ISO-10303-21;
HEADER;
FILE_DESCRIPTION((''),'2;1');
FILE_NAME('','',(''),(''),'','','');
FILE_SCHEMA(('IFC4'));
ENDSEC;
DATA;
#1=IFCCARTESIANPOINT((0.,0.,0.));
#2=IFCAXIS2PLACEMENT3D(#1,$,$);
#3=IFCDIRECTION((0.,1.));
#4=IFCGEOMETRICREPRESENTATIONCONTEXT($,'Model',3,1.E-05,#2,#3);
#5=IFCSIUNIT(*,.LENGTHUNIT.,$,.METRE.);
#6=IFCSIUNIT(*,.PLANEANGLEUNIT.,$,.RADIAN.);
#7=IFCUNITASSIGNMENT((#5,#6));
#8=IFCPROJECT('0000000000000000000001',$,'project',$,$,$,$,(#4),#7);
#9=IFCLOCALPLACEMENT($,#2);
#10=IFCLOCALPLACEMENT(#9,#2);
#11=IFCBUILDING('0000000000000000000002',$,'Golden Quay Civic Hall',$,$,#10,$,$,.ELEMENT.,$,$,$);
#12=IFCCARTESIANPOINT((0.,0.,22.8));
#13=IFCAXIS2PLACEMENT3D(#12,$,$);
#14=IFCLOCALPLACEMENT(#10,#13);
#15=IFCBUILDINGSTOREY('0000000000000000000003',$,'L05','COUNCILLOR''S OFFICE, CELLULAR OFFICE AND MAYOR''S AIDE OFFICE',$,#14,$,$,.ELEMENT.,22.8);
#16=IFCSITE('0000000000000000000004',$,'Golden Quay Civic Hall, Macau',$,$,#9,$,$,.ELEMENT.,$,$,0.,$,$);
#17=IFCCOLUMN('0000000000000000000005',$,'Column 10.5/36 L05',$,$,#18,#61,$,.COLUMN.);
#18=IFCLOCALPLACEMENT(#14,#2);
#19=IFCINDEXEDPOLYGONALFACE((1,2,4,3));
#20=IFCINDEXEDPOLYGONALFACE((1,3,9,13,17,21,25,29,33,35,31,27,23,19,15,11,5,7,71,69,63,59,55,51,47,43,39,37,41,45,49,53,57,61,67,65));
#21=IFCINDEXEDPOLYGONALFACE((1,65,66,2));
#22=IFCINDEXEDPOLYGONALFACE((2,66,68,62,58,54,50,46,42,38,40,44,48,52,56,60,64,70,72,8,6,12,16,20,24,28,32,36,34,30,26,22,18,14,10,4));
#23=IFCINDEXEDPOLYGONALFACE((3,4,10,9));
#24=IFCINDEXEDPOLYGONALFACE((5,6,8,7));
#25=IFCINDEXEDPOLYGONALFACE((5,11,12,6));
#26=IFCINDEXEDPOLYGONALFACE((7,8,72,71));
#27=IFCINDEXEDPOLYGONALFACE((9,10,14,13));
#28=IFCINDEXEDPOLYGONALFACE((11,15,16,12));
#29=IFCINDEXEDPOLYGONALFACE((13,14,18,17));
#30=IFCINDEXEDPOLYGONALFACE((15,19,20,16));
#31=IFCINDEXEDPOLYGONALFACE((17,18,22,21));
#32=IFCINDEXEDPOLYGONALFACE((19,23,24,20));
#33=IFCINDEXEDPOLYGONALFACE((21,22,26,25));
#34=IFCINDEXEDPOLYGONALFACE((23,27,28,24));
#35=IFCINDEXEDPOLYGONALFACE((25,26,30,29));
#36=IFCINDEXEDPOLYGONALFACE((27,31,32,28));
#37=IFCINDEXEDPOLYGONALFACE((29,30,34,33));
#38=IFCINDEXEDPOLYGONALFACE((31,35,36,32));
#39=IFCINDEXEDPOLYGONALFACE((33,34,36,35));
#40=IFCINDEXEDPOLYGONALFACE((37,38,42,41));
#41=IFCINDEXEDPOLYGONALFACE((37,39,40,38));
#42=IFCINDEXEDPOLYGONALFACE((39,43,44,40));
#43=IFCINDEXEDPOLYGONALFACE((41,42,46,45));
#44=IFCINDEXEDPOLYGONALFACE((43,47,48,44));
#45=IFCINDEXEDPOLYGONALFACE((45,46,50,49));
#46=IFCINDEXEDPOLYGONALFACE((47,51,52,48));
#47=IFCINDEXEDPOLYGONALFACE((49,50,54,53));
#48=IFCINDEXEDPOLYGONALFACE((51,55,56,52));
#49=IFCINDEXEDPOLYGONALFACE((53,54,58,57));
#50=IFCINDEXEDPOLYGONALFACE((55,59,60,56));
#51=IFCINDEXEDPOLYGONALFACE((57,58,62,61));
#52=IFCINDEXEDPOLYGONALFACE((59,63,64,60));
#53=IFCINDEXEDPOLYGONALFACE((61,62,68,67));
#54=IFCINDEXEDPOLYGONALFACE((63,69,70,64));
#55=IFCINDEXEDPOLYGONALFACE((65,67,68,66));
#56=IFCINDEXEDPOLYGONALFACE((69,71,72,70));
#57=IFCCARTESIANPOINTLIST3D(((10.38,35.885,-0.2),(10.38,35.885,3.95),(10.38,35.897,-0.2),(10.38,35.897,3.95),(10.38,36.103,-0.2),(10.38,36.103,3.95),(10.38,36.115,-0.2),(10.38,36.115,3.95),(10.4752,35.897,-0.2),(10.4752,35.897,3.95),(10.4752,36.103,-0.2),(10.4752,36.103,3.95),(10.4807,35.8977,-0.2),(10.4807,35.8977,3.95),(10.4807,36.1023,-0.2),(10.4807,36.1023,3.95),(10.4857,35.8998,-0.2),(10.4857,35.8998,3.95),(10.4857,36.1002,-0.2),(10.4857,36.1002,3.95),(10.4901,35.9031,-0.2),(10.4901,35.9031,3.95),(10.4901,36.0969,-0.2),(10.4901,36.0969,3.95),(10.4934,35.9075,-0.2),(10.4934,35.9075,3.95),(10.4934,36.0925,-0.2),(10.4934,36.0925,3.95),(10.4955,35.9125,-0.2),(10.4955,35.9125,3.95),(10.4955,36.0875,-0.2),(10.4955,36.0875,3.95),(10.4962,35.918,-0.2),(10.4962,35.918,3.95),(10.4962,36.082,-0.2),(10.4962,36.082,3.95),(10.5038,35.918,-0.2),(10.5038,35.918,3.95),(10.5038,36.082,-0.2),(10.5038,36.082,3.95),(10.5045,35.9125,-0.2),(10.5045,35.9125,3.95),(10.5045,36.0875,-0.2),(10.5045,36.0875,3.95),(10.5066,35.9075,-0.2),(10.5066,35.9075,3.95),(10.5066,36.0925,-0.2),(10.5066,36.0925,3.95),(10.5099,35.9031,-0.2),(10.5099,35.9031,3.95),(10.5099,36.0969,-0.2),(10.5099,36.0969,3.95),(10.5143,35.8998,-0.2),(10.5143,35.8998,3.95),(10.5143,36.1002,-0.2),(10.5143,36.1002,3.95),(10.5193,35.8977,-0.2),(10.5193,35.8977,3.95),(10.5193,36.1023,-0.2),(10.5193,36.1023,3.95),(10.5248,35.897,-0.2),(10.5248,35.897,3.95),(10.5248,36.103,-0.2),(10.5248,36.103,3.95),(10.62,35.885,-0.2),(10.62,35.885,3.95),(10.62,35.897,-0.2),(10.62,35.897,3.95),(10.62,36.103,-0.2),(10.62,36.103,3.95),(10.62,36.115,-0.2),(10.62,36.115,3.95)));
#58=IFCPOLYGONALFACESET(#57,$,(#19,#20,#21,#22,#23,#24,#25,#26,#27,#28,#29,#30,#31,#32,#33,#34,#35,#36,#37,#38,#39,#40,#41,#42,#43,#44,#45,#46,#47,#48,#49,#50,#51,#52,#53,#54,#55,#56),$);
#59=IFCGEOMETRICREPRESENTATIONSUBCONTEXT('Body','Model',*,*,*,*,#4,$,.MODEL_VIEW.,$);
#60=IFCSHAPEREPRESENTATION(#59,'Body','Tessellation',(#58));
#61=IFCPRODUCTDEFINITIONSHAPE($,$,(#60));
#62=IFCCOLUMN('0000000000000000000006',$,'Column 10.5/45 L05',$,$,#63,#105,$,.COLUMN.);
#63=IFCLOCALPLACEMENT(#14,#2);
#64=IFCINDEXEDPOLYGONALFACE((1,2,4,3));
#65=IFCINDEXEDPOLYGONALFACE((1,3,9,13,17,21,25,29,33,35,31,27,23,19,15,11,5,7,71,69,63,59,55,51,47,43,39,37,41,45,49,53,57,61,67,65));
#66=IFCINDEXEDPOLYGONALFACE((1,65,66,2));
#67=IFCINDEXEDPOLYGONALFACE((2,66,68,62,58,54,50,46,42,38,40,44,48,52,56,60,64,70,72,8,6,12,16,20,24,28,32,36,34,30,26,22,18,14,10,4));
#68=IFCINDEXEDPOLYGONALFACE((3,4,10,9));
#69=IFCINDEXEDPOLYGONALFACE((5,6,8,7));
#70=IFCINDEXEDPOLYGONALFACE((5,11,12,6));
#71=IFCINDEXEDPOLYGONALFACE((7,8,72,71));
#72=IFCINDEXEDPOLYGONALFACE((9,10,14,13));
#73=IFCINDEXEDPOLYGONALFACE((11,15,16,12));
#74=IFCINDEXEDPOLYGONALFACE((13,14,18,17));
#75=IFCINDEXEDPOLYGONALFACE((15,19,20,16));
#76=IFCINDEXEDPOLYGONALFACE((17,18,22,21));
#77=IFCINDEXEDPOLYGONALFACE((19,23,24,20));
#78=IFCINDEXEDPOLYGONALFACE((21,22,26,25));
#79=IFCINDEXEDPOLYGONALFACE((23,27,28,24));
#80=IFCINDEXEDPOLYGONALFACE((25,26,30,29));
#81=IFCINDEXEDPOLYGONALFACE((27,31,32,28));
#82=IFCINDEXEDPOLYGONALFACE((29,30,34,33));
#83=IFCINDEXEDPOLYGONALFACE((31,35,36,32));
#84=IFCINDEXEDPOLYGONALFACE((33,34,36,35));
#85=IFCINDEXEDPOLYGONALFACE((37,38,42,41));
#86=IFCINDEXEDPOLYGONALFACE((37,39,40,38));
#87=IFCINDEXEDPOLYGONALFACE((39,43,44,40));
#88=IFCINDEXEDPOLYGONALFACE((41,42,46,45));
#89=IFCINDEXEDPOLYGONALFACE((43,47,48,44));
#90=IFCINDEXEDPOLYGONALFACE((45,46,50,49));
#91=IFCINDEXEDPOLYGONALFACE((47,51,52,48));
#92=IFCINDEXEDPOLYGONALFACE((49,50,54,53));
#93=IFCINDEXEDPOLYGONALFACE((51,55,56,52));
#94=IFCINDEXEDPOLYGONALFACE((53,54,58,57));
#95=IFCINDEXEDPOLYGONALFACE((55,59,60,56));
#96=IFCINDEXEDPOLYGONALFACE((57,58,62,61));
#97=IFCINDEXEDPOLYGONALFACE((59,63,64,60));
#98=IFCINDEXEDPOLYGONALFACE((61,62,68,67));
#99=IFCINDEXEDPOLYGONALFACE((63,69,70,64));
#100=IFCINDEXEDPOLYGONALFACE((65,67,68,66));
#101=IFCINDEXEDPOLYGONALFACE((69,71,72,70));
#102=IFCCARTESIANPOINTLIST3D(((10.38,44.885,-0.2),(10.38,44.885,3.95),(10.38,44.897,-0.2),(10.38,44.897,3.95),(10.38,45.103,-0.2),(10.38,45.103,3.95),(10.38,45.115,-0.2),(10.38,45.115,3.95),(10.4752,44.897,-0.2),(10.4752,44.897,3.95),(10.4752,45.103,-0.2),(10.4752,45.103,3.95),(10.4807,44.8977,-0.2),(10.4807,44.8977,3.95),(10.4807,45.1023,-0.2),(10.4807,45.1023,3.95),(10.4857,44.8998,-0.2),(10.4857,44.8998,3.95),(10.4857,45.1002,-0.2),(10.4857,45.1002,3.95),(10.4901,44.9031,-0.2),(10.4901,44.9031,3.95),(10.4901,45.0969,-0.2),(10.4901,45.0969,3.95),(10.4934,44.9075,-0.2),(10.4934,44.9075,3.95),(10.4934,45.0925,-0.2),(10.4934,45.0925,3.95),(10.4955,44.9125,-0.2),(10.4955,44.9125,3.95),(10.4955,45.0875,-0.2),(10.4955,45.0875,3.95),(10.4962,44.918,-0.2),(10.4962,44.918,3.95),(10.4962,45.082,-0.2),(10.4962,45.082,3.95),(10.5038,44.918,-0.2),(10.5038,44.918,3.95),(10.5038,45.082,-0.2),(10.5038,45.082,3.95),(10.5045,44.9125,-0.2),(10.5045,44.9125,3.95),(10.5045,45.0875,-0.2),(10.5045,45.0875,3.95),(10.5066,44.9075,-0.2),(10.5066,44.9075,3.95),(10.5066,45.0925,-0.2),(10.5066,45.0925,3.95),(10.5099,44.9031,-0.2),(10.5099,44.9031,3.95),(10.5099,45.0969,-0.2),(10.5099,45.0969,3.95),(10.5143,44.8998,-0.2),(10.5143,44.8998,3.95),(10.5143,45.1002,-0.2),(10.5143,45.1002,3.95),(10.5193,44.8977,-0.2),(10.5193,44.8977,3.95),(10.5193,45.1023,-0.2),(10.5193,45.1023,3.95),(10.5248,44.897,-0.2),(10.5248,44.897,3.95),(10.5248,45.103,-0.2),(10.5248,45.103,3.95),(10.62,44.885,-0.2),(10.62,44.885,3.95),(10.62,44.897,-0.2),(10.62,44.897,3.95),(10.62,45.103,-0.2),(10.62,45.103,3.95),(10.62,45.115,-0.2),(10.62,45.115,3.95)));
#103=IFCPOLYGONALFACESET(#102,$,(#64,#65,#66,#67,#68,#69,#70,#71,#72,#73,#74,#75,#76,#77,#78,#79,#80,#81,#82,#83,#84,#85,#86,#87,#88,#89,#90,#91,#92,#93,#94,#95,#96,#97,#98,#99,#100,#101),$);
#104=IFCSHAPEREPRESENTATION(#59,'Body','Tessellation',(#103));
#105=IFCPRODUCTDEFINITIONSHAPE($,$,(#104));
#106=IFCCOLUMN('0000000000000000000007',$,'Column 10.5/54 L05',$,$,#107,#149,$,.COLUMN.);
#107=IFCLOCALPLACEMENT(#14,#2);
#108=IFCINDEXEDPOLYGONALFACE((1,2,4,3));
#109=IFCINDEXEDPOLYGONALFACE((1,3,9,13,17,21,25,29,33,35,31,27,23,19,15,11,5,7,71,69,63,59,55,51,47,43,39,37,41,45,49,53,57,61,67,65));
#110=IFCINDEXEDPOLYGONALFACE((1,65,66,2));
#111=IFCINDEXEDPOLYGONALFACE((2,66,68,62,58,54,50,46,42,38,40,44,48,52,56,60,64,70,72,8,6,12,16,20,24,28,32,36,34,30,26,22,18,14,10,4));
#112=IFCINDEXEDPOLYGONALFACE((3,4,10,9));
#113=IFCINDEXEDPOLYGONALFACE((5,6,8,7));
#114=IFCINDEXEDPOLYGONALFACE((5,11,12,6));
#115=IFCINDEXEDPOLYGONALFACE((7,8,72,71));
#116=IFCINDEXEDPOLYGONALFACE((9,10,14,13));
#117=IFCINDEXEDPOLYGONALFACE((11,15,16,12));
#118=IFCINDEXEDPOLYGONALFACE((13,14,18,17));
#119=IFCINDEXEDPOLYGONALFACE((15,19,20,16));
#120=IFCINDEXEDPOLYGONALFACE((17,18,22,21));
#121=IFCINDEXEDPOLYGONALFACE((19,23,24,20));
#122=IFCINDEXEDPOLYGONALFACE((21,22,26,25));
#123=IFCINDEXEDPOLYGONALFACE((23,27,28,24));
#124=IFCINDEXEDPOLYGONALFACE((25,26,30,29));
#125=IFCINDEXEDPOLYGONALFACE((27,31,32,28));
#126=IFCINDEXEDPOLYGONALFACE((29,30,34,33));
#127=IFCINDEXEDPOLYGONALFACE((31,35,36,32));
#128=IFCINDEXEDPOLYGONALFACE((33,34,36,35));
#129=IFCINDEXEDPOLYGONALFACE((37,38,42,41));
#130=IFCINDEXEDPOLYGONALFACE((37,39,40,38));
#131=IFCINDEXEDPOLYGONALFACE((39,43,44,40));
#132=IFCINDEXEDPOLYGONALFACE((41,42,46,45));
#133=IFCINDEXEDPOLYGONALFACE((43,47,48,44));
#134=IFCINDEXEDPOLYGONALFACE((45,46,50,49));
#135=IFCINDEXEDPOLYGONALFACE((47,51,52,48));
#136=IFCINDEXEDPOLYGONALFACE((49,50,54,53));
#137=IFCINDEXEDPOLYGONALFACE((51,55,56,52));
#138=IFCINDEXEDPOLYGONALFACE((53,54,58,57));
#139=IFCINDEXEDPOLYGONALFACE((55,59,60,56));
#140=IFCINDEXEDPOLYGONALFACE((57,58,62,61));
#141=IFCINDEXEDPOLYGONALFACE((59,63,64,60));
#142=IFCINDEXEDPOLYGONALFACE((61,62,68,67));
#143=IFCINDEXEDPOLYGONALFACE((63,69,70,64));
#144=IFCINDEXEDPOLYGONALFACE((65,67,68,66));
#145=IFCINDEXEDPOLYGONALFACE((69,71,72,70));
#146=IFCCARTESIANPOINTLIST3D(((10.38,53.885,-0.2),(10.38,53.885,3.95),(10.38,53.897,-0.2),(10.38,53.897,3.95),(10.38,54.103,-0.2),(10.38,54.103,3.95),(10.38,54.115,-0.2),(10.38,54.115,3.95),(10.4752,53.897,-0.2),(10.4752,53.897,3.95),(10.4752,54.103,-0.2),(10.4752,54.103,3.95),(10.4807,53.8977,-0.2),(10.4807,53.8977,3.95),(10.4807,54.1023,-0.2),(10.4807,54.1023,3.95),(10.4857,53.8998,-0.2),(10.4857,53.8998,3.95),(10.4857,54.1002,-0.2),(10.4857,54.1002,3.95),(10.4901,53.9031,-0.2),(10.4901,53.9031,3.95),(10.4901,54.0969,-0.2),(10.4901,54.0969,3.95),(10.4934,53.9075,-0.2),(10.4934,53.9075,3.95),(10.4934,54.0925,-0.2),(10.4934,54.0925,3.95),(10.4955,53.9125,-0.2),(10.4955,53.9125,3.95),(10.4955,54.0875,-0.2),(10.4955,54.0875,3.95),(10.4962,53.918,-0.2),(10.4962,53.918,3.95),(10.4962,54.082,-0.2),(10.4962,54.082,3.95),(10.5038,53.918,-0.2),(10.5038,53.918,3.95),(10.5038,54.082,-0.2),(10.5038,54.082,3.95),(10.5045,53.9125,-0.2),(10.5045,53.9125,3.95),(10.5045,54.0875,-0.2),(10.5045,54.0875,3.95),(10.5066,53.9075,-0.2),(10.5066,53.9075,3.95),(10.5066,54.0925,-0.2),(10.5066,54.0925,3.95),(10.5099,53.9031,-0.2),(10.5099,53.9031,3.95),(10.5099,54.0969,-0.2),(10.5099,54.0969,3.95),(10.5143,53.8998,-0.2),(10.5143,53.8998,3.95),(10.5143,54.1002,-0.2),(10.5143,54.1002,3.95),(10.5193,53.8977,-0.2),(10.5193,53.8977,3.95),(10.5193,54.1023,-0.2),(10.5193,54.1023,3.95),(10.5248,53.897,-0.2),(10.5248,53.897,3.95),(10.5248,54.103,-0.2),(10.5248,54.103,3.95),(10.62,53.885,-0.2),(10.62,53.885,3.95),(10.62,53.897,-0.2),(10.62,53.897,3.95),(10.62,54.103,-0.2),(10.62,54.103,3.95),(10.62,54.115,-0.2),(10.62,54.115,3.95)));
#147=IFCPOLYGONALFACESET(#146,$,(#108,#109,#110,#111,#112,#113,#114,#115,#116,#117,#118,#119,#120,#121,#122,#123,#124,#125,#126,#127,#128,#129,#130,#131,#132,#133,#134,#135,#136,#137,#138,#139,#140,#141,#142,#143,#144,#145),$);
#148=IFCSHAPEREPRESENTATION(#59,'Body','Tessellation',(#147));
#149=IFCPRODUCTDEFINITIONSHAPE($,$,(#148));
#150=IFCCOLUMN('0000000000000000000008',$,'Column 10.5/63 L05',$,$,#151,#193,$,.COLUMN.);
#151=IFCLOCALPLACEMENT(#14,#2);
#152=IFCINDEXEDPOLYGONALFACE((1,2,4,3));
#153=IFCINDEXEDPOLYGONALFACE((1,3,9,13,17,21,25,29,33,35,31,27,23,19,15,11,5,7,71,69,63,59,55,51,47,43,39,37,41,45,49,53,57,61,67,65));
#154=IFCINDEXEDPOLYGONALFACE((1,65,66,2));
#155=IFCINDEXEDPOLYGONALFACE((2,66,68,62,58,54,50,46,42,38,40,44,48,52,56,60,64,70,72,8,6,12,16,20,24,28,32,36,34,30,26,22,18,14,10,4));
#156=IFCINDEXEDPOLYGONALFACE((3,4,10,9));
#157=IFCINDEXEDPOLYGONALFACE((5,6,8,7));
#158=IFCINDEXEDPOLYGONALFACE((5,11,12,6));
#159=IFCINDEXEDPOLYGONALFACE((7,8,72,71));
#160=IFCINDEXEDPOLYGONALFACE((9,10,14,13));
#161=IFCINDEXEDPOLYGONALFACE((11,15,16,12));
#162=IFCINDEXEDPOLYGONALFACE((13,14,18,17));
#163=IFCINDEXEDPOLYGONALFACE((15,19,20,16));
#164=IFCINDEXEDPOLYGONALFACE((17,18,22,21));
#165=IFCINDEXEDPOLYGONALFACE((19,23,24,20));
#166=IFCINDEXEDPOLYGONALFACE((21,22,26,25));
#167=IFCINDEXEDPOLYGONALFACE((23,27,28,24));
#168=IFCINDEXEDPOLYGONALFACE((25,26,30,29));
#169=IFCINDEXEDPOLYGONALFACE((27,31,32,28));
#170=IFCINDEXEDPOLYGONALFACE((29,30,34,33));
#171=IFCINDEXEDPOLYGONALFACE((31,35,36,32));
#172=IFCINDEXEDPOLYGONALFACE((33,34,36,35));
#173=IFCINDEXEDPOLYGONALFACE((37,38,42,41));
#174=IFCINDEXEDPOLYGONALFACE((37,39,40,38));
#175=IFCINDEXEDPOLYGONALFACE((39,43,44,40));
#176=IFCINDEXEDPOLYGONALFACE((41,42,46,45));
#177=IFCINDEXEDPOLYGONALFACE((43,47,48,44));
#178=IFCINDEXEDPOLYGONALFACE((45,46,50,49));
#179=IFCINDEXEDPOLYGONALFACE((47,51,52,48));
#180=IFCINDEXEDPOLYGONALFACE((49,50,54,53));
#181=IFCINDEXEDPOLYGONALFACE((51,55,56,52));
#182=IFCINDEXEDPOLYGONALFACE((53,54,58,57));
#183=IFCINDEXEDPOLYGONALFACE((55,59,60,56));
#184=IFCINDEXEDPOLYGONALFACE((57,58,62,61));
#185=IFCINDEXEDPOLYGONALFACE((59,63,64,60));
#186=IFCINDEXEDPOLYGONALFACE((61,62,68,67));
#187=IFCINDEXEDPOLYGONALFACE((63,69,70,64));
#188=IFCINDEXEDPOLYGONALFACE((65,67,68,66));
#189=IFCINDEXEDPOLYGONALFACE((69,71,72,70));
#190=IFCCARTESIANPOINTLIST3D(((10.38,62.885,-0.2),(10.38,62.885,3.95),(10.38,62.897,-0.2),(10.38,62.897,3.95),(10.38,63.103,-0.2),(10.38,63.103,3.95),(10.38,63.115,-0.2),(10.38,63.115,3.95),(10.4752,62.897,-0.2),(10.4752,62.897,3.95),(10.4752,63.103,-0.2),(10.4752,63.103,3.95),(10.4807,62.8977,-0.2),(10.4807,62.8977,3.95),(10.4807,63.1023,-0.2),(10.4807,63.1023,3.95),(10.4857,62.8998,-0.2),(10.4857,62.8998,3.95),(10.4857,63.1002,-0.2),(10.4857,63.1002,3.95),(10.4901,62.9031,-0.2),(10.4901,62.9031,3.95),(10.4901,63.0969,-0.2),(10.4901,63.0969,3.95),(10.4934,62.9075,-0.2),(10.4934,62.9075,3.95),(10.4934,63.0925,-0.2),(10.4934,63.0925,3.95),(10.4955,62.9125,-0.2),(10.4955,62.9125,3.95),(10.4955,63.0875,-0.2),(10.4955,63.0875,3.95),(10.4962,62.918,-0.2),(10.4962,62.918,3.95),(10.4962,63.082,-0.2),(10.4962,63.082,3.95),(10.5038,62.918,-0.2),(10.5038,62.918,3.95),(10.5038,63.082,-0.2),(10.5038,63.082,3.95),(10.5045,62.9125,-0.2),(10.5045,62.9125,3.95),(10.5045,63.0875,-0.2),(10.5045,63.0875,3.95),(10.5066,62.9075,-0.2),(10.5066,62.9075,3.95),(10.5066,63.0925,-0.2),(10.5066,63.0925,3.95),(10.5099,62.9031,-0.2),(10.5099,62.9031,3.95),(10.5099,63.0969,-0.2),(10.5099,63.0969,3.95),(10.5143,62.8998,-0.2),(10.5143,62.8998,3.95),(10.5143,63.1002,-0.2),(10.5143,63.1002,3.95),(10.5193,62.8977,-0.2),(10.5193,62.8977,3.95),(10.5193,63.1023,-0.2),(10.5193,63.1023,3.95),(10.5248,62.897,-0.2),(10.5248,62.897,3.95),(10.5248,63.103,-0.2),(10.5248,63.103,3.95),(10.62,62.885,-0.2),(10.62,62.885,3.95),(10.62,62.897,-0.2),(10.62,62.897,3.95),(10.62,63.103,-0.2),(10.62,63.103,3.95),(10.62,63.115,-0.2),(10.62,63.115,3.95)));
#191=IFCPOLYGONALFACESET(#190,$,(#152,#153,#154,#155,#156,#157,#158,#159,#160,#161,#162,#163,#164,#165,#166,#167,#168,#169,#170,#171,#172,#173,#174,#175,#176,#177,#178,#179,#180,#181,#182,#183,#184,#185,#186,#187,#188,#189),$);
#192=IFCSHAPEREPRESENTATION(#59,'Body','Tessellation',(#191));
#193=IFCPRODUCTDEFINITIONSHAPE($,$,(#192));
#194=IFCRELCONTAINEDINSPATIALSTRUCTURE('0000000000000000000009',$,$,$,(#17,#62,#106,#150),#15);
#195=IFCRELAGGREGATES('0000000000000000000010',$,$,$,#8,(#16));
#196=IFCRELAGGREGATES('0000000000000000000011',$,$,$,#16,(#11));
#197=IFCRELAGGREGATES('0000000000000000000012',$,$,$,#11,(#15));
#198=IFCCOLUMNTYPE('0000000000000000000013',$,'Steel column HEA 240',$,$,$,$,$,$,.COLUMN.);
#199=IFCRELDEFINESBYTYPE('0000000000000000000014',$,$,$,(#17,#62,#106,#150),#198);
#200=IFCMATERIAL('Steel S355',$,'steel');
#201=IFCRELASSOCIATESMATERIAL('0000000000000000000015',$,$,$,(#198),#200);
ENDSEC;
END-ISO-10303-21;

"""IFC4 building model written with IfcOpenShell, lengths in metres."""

from ifc_helpers import new_model, si_unit, direction, frame, origin, origin_2d, place, context, subcontext, project, spatial, i_section, extrude, material, material_profile, profile_set, type_object, element, save


model = new_model("IFC4")

# Units and contexts
model_context = context("Model", 3, precision=1e-05, world=origin(), true_north=direction((0.0, 1.0)))
body_context = subcontext(model_context, "Body", "Model", "MODEL_VIEW")
ifc_project = project(units=[si_unit("LENGTHUNIT", "METRE"), si_unit("PLANEANGLEUNIT", "RADIAN")], contexts=[model_context])

# Site, building, storey
site_placement = place(None, origin())
site = spatial("IfcSite", under=ifc_project, at=site_placement, Name="Golden Quay Civic Hall, Macau", CompositionType="ELEMENT", RefElevation=0.0)
building_placement = place(site_placement, origin())
building = spatial("IfcBuilding", under=site, at=building_placement, Name="Golden Quay Civic Hall", CompositionType="ELEMENT")
storey_placement = place(building_placement, frame((0.0, 0.0, 22.8)))
storey = spatial("IfcBuildingStorey", under=building, at=storey_placement, Name="L05", Description="COUNCILLOR'S OFFICE, CELLULAR OFFICE AND MAYOR'S AIDE OFFICE", CompositionType="ELEMENT", Elevation=22.8)

# Columns
ifc_material_1 = material(Name="Steel S355", Category="steel")
ifc_material_profile_1 = material_profile(ifc_material_1, i_section(OverallWidth=0.24, OverallDepth=0.23, WebThickness=0.0076, FlangeThickness=0.012, FilletRadius=0.021, at=origin_2d()), Name="HEA 240")
ifc_profile_set_1 = profile_set([ifc_material_profile_1], Name="Steel S355")
column_type = type_object("IfcColumnType", Name="Steel column HEA 240", PredefinedType="COLUMN", material=ifc_profile_set_1)
for number, where, z_axis, x_axis, name in (
    (1, (10.5, 36.0, -0.2), (0.0, 0.0, 1.0), (1.0, 0.0, 0.0), "Column 10.5/36 L05"),
    (2, (10.5, 45.0, -0.2), (0.0, 0.0, 1.0), (1.0, 0.0, 0.0), "Column 10.5/45 L05"),
    (3, (10.5, 54.0, -0.2), (0.0, 0.0, 1.0), (1.0, 0.0, 0.0), "Column 10.5/54 L05"),
    (4, (10.5, 63.0, -0.2), (0.0, 0.0, 1.0), (1.0, 0.0, 0.0), "Column 10.5/63 L05"),
):
    element("IfcColumn", number, at=place(storey_placement, frame(where, z_axis=z_axis, x_axis=x_axis)), inside=storey, type_object=column_type, Name=name, PredefinedType="COLUMN", context=body_context, shape_type="SweptSolid", body=[
        extrude(i_section(OverallWidth=0.24, OverallDepth=0.23, WebThickness=0.0076, FlangeThickness=0.012, FilletRadius=0.021, at=origin_2d()), origin(), (0.0, 0.0, 1.0), 4.1499),
    ])

save(model, "model.ifc")
